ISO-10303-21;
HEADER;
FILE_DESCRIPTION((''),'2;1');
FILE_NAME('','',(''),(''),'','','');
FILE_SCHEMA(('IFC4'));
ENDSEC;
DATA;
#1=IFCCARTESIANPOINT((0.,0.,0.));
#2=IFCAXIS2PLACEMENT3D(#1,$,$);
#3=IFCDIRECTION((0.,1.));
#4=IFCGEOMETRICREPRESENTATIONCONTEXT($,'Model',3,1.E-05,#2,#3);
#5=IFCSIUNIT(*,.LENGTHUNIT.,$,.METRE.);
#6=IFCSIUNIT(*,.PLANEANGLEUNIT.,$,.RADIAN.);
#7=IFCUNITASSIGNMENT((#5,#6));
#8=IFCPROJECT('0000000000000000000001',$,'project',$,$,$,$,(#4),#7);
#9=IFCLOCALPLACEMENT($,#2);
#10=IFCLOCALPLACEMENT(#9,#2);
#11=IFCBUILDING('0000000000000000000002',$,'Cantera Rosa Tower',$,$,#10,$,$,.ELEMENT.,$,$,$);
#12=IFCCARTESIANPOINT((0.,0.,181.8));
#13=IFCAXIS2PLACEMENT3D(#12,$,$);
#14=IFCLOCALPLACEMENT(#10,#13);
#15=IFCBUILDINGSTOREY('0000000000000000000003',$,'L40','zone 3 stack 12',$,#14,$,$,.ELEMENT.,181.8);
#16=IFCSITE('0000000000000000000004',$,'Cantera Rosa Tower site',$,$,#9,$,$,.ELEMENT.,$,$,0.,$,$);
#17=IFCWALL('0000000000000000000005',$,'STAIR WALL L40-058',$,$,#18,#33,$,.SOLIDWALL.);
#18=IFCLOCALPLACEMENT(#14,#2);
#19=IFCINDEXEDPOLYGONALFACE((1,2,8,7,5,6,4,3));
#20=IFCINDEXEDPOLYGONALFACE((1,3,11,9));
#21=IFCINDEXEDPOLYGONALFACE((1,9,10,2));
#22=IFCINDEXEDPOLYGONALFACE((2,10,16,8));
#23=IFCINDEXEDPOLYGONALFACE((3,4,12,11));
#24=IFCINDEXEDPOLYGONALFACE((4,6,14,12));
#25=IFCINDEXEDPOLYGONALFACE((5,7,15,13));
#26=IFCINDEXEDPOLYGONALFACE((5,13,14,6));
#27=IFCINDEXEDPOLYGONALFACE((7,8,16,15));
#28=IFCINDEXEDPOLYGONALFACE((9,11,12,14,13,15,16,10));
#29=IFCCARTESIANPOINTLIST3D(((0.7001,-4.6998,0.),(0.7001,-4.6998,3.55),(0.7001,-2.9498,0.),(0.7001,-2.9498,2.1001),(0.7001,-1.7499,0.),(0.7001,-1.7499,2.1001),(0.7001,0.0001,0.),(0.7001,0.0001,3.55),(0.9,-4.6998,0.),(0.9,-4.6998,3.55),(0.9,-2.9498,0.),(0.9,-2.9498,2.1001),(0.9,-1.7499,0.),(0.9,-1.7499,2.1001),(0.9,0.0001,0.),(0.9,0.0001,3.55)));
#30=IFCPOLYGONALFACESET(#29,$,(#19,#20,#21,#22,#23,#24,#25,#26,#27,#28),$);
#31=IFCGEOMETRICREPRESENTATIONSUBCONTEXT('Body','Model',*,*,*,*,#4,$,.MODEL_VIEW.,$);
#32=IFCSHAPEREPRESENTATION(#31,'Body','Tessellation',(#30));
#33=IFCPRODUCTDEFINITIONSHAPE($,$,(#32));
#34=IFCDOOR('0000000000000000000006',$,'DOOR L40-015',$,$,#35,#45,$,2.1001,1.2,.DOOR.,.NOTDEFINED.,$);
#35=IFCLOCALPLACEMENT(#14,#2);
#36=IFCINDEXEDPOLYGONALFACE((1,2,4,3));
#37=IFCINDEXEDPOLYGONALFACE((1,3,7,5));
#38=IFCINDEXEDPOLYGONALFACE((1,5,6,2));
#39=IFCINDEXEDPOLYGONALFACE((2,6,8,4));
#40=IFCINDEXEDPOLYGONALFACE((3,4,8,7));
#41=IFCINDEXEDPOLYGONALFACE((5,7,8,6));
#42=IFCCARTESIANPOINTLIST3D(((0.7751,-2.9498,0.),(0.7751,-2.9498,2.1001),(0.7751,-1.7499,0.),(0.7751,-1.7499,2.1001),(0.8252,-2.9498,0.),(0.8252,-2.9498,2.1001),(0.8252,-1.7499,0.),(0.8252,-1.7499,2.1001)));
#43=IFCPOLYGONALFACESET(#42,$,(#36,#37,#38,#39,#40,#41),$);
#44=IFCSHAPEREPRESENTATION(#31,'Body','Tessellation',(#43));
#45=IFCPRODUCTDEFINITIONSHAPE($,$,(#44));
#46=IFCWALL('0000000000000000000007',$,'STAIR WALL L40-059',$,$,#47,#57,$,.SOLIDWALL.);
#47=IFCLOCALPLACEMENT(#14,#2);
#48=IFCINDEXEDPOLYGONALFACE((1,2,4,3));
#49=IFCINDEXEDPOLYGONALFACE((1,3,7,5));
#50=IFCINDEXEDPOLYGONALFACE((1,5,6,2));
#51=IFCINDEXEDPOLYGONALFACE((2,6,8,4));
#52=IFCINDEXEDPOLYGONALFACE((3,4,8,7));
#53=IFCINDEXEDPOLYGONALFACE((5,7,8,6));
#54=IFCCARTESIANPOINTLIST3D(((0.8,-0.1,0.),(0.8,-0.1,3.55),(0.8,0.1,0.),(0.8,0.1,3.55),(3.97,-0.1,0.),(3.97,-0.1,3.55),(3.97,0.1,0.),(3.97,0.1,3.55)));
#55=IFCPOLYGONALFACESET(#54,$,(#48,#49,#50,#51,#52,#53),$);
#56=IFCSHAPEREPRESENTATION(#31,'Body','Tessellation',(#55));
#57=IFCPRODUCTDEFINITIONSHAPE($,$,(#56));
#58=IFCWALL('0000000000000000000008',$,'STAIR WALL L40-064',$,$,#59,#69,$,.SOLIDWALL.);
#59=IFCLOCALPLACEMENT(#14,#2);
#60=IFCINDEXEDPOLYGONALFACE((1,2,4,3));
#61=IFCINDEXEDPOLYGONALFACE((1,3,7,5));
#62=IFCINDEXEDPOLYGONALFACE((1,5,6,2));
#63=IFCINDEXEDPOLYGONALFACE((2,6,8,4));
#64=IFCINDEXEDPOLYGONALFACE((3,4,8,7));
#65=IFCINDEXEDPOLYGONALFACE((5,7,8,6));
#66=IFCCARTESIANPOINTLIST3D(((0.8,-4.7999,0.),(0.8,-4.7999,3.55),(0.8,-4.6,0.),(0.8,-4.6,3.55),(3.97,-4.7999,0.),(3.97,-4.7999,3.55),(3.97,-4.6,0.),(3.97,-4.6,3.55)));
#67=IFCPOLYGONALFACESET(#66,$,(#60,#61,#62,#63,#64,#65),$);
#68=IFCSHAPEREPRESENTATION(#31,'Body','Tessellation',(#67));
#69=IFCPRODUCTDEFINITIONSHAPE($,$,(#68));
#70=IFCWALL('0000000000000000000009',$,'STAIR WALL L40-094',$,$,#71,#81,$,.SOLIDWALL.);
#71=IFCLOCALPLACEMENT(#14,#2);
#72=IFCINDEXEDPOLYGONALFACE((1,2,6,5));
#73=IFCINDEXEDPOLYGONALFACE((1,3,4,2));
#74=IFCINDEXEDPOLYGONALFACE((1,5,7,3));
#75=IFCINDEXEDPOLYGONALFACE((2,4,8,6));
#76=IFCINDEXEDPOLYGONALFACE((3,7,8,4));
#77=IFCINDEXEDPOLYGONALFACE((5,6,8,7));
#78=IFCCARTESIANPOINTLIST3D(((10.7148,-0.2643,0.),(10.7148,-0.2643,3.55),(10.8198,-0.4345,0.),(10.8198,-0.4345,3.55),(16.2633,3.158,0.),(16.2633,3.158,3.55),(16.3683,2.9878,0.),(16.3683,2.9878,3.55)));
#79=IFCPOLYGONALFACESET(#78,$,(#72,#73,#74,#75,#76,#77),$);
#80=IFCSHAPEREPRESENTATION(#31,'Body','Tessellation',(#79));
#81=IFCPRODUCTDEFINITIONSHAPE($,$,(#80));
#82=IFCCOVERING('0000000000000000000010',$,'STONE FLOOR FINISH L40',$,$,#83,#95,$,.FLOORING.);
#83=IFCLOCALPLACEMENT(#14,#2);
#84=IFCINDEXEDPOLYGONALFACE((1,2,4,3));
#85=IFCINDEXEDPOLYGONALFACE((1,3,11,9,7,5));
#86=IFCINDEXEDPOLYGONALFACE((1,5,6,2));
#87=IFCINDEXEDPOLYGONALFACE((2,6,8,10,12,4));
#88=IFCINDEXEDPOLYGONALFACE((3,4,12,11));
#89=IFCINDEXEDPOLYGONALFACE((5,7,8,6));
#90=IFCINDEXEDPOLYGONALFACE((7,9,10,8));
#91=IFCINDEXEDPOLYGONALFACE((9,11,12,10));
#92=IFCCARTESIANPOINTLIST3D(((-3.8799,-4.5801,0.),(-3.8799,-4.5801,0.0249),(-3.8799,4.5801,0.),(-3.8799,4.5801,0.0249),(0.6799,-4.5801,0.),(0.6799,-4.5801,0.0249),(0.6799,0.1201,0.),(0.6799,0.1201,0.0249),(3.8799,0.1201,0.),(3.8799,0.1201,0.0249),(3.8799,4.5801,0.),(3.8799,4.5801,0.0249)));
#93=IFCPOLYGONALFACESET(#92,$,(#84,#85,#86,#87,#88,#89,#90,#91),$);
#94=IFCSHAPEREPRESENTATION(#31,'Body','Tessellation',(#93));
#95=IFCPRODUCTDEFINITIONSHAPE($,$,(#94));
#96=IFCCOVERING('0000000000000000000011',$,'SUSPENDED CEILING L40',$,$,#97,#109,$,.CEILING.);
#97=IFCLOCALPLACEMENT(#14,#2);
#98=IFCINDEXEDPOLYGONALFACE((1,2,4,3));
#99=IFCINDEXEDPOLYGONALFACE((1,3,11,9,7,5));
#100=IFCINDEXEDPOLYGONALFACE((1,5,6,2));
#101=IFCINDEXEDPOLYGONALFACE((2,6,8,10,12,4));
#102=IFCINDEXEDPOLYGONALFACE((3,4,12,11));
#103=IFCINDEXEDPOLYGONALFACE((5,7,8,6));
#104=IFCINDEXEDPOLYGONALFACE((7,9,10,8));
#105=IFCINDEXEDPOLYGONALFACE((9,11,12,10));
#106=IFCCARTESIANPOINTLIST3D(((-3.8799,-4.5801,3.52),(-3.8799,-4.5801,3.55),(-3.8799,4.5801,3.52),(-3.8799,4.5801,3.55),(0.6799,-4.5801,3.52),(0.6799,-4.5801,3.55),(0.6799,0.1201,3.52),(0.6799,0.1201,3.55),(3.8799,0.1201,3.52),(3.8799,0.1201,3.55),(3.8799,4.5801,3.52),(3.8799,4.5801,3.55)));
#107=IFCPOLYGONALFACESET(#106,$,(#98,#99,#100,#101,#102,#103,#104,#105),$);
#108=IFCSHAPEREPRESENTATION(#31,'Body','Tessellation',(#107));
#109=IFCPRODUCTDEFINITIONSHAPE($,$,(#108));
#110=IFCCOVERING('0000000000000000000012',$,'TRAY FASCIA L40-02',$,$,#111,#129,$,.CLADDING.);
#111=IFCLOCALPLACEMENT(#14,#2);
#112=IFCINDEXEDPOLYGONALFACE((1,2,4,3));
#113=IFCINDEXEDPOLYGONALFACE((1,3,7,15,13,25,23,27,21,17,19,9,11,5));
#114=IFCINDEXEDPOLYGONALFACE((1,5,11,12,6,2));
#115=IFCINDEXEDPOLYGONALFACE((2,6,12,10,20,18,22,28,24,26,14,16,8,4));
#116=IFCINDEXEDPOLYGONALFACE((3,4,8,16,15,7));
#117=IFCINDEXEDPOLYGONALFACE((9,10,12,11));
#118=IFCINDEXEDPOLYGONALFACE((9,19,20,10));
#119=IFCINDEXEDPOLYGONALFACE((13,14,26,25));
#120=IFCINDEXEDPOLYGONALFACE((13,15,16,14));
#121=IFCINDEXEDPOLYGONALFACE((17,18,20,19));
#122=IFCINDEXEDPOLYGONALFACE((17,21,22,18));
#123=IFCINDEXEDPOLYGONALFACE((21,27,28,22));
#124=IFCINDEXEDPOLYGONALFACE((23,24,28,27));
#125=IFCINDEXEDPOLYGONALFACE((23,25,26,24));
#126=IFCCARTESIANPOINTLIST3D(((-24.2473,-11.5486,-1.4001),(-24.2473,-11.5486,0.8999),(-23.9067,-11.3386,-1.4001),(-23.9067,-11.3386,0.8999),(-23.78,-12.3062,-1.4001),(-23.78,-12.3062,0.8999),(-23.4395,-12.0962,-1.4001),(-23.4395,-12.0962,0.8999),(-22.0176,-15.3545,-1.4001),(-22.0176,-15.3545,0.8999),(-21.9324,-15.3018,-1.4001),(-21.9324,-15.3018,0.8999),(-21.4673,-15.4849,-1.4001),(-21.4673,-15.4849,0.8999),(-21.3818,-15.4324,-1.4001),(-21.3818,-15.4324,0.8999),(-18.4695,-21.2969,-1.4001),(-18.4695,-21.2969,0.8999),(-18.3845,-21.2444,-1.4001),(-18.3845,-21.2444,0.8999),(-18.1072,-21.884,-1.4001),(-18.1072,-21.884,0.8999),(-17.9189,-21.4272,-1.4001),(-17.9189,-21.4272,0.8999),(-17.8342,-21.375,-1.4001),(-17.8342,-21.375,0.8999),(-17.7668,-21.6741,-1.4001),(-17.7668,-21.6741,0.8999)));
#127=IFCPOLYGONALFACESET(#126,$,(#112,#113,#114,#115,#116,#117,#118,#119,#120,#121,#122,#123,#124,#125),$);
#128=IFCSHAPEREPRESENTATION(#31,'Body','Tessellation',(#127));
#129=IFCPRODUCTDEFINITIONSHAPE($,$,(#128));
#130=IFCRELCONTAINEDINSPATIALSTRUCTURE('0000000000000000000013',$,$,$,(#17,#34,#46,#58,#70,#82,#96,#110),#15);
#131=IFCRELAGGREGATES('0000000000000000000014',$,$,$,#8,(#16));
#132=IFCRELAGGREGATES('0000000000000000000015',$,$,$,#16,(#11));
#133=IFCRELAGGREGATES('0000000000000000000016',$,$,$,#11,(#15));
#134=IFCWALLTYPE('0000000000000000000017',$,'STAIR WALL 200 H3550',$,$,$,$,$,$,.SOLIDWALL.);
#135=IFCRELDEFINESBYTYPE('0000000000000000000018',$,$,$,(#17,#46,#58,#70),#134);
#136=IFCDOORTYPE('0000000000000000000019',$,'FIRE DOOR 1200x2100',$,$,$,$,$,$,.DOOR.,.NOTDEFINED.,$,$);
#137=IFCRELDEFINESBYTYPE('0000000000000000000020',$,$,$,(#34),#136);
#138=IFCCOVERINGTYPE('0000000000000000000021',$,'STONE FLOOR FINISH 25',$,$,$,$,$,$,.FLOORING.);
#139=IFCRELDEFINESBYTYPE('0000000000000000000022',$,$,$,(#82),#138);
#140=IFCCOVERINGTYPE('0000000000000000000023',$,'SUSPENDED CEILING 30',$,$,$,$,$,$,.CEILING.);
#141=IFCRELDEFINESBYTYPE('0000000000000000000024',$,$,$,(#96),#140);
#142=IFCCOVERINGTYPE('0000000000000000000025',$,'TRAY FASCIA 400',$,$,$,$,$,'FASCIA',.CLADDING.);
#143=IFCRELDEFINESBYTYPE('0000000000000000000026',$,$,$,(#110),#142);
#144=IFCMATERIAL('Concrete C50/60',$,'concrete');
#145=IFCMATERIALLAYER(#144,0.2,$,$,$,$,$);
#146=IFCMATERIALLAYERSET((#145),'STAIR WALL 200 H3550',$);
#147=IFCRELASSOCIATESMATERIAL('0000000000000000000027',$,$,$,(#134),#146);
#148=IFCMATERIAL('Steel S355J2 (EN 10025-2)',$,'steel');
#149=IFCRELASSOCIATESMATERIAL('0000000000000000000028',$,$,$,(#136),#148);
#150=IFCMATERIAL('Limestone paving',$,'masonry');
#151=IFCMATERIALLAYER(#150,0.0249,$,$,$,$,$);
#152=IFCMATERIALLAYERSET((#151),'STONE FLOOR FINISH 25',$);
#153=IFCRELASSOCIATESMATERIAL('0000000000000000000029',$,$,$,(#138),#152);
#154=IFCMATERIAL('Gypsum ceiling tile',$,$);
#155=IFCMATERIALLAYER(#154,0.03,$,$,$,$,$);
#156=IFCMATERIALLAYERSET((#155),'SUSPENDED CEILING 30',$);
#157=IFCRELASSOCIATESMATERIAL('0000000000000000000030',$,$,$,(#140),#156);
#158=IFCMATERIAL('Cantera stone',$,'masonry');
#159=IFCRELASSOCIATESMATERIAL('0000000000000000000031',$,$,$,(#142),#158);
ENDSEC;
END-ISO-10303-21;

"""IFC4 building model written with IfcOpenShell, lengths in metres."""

from ifc_helpers import new_model, si_unit, direction, frame, frame_2d, origin, place, context, subcontext, project, spatial, polyline, rectangle, outline, extrude, material, layer, layer_set, type_object, element, fill, save


model = new_model("IFC4")

# Units and contexts
model_context = context("Model", 3, precision=1e-05, world=origin(), true_north=direction((0.0, 1.0)))
body_context = subcontext(model_context, "Body", "Model", "MODEL_VIEW")
ifc_project = project(units=[si_unit("LENGTHUNIT", "METRE"), si_unit("PLANEANGLEUNIT", "RADIAN")], contexts=[model_context])

# Site, building, storey
site_placement = place(None, origin())
site = spatial("IfcSite", under=ifc_project, at=site_placement, Name="Cantera Rosa Tower site", CompositionType="ELEMENT", RefElevation=0.0)
building_placement = place(site_placement, origin())
building = spatial("IfcBuilding", under=site, at=building_placement, Name="Cantera Rosa Tower", CompositionType="ELEMENT")
storey_placement = place(building_placement, frame((0.0, 0.0, 181.8)))
storey = spatial("IfcBuildingStorey", under=building, at=storey_placement, Name="L40", Description="zone 3 stack 12", CompositionType="ELEMENT", Elevation=181.8)

# Wall, opening, door
ifc_material_1 = material(Name="Concrete C50/60", Category="concrete")
ifc_layer_1 = layer(ifc_material_1, 0.2)
ifc_layer_set_1 = layer_set([ifc_layer_1], Name="STAIR WALL 200 H3550")
wall_type_1 = type_object("IfcWallType", Name="STAIR WALL 200 H3550", PredefinedType="SOLIDWALL", material=ifc_layer_set_1)
wall_1_placement = place(storey_placement, frame((0.8, -4.7, 0.0), z_axis=(0.0, 0.0, 1.0), x_axis=(0.0, 1.0, 0.0)))
wall_1 = element("IfcWall", 1, at=wall_1_placement, inside=storey, type_object=wall_type_1, Name="STAIR WALL L40-058", PredefinedType="SOLIDWALL", context=body_context, shape_type="SweptSolid", body=[
    extrude(rectangle(XDim=4.7, YDim=0.2, at=frame_2d((2.3501, 0.0))), origin(), (0.0, 0.0, 1.0), 3.55),
])
opening_1_placement = place(wall_1_placement, frame((1.75, 0.0, 0.0)))
opening_1 = element("IfcOpeningElement", 2, at=opening_1_placement, cuts=wall_1, PredefinedType="OPENING", context=body_context, shape_type="SweptSolid", body=[
    extrude(rectangle(XDim=1.2, YDim=2.1001, at=frame_2d((0.6001, 1.05))), frame((0.0, 0.1099, 0.0), z_axis=(0.0, -1.0, 0.0), x_axis=(1.0, 0.0, 0.0)), (0.0, 0.0, 1.0), 0.22),
])
ifc_material_2 = material(Name="Steel S355J2 (EN 10025-2)", Category="steel")
door_type_1 = type_object("IfcDoorType", Name="FIRE DOOR 1200x2100", OperationType="NOTDEFINED", PredefinedType="DOOR", material=ifc_material_2)
door_1_placement = place(opening_1_placement, origin())
door_1 = element("IfcDoor", 3, at=door_1_placement, inside=storey, type_object=door_type_1, Name="DOOR L40-015", OperationType="NOTDEFINED", OverallHeight=2.1001, OverallWidth=1.2, PredefinedType="DOOR", context=body_context, shape_type="SweptSolid", body=[
    extrude(rectangle(XDim=1.2, YDim=2.1001, at=frame_2d((0.6001, 1.05))), frame((0.0, 0.0249, 0.0), z_axis=(0.0, -1.0, 0.0), x_axis=(1.0, 0.0, 0.0)), (0.0, 0.0, 1.0), 0.05),
])
fill(opening_1, door_1)

# Walls
for number, where, z_axis, x_axis, name in (
    (4, (0.8, 0.0, 0.0), (0.0, 0.0, 1.0), (1.0, 0.0, 0.0), "STAIR WALL L40-059"),
    (5, (3.97, -4.7, 0.0), (0.0, 0.0, 1.0), (-1.0, 0.0, 0.0), "STAIR WALL L40-064"),
):
    element("IfcWall", number, at=place(storey_placement, frame(where, z_axis=z_axis, x_axis=x_axis)), inside=storey, type_object=wall_type_1, Name=name, PredefinedType="SOLIDWALL", context=body_context, shape_type="SweptSolid", body=[
        extrude(rectangle(XDim=3.1699, YDim=0.2, at=frame_2d((1.585, 0.0))), origin(), (0.0, 0.0, 1.0), 3.55),
    ])
wall_2_placement = place(storey_placement, frame((10.7673, -0.3494, 0.0), z_axis=(0.0, 0.0, 1.0), x_axis=(0.85112, 0.524971, 0.0)))
element("IfcWall", 6, at=wall_2_placement, inside=storey, type_object=wall_type_1, Name="STAIR WALL L40-094", PredefinedType="SOLIDWALL", context=body_context, shape_type="SweptSolid", body=[
    extrude(rectangle(XDim=6.519, YDim=0.2, at=frame_2d((3.2595, 0.0))), origin(), (0.0, 0.0, 1.0), 3.55),
])

# Coverings
ifc_material_3 = material(Name="Limestone paving", Category="masonry")
ifc_layer_2 = layer(ifc_material_3, 0.0249)
ifc_layer_set_2 = layer_set([ifc_layer_2], Name="STONE FLOOR FINISH 25")
covering_type_1 = type_object("IfcCoveringType", Name="STONE FLOOR FINISH 25", PredefinedType="FLOORING", material=ifc_layer_set_2)
covering_1_placement = place(storey_placement, origin())
element("IfcCovering", 7, at=covering_1_placement, inside=storey, type_object=covering_type_1, Name="STONE FLOOR FINISH L40", PredefinedType="FLOORING", context=body_context, shape_type="SweptSolid", body=[
    extrude(outline(polyline([(3.8799, 4.5801), (3.8799, 0.1201), (0.6799, 0.1201), (0.6799, -4.5801), (-3.8799, -4.5801), (-3.8799, 4.5801), (3.8799, 4.5801)])), origin(), (0.0, 0.0, 1.0), 0.0249),
])
ifc_material_4 = material(Name="Gypsum ceiling tile")
ifc_layer_3 = layer(ifc_material_4, 0.03)
ifc_layer_set_3 = layer_set([ifc_layer_3], Name="SUSPENDED CEILING 30")
covering_type_2 = type_object("IfcCoveringType", Name="SUSPENDED CEILING 30", PredefinedType="CEILING", material=ifc_layer_set_3)
covering_2_placement = place(storey_placement, frame((0.0, 0.0, 3.52)))
element("IfcCovering", 8, at=covering_2_placement, inside=storey, type_object=covering_type_2, Name="SUSPENDED CEILING L40", PredefinedType="CEILING", context=body_context, shape_type="SweptSolid", body=[
    extrude(outline(polyline([(3.8799, 4.5801), (3.8799, 0.1201), (0.6799, 0.1201), (0.6799, -4.5801), (-3.8799, -4.5801), (-3.8799, 4.5801), (3.8799, 4.5801)])), origin(), (0.0, 0.0, 1.0), 0.03),
])
ifc_material_5 = material(Name="Cantera stone", Category="masonry")
covering_type_3 = type_object("IfcCoveringType", Name="TRAY FASCIA 400", ElementType="FASCIA", PredefinedType="CLADDING", material=ifc_material_5)
covering_3_placement = place(storey_placement, frame((0.0, 0.0, -1.4001)))
element("IfcCovering", 9, at=covering_3_placement, inside=storey, type_object=covering_type_3, Name="TRAY FASCIA L40-02", PredefinedType="CLADDING", context=body_context, shape_type="SweptSolid", body=[
    extrude(outline(polyline([(-24.2473, -11.5486), (-23.9067, -11.3386), (-23.4395, -12.0962), (-21.3818, -15.4324), (-21.4673, -15.4849), (-17.8342, -21.375), (-17.9189, -21.4272), (-17.7668, -21.6741), (-18.1072, -21.884), (-18.4695, -21.2969), (-18.3845, -21.2444), (-22.0176, -15.3545), (-21.9324, -15.3018), (-23.78, -12.3062), (-24.2473, -11.5486)])), origin(), (0.0, 0.0, 1.0), 2.3),
])

save(model, "model.ifc")
